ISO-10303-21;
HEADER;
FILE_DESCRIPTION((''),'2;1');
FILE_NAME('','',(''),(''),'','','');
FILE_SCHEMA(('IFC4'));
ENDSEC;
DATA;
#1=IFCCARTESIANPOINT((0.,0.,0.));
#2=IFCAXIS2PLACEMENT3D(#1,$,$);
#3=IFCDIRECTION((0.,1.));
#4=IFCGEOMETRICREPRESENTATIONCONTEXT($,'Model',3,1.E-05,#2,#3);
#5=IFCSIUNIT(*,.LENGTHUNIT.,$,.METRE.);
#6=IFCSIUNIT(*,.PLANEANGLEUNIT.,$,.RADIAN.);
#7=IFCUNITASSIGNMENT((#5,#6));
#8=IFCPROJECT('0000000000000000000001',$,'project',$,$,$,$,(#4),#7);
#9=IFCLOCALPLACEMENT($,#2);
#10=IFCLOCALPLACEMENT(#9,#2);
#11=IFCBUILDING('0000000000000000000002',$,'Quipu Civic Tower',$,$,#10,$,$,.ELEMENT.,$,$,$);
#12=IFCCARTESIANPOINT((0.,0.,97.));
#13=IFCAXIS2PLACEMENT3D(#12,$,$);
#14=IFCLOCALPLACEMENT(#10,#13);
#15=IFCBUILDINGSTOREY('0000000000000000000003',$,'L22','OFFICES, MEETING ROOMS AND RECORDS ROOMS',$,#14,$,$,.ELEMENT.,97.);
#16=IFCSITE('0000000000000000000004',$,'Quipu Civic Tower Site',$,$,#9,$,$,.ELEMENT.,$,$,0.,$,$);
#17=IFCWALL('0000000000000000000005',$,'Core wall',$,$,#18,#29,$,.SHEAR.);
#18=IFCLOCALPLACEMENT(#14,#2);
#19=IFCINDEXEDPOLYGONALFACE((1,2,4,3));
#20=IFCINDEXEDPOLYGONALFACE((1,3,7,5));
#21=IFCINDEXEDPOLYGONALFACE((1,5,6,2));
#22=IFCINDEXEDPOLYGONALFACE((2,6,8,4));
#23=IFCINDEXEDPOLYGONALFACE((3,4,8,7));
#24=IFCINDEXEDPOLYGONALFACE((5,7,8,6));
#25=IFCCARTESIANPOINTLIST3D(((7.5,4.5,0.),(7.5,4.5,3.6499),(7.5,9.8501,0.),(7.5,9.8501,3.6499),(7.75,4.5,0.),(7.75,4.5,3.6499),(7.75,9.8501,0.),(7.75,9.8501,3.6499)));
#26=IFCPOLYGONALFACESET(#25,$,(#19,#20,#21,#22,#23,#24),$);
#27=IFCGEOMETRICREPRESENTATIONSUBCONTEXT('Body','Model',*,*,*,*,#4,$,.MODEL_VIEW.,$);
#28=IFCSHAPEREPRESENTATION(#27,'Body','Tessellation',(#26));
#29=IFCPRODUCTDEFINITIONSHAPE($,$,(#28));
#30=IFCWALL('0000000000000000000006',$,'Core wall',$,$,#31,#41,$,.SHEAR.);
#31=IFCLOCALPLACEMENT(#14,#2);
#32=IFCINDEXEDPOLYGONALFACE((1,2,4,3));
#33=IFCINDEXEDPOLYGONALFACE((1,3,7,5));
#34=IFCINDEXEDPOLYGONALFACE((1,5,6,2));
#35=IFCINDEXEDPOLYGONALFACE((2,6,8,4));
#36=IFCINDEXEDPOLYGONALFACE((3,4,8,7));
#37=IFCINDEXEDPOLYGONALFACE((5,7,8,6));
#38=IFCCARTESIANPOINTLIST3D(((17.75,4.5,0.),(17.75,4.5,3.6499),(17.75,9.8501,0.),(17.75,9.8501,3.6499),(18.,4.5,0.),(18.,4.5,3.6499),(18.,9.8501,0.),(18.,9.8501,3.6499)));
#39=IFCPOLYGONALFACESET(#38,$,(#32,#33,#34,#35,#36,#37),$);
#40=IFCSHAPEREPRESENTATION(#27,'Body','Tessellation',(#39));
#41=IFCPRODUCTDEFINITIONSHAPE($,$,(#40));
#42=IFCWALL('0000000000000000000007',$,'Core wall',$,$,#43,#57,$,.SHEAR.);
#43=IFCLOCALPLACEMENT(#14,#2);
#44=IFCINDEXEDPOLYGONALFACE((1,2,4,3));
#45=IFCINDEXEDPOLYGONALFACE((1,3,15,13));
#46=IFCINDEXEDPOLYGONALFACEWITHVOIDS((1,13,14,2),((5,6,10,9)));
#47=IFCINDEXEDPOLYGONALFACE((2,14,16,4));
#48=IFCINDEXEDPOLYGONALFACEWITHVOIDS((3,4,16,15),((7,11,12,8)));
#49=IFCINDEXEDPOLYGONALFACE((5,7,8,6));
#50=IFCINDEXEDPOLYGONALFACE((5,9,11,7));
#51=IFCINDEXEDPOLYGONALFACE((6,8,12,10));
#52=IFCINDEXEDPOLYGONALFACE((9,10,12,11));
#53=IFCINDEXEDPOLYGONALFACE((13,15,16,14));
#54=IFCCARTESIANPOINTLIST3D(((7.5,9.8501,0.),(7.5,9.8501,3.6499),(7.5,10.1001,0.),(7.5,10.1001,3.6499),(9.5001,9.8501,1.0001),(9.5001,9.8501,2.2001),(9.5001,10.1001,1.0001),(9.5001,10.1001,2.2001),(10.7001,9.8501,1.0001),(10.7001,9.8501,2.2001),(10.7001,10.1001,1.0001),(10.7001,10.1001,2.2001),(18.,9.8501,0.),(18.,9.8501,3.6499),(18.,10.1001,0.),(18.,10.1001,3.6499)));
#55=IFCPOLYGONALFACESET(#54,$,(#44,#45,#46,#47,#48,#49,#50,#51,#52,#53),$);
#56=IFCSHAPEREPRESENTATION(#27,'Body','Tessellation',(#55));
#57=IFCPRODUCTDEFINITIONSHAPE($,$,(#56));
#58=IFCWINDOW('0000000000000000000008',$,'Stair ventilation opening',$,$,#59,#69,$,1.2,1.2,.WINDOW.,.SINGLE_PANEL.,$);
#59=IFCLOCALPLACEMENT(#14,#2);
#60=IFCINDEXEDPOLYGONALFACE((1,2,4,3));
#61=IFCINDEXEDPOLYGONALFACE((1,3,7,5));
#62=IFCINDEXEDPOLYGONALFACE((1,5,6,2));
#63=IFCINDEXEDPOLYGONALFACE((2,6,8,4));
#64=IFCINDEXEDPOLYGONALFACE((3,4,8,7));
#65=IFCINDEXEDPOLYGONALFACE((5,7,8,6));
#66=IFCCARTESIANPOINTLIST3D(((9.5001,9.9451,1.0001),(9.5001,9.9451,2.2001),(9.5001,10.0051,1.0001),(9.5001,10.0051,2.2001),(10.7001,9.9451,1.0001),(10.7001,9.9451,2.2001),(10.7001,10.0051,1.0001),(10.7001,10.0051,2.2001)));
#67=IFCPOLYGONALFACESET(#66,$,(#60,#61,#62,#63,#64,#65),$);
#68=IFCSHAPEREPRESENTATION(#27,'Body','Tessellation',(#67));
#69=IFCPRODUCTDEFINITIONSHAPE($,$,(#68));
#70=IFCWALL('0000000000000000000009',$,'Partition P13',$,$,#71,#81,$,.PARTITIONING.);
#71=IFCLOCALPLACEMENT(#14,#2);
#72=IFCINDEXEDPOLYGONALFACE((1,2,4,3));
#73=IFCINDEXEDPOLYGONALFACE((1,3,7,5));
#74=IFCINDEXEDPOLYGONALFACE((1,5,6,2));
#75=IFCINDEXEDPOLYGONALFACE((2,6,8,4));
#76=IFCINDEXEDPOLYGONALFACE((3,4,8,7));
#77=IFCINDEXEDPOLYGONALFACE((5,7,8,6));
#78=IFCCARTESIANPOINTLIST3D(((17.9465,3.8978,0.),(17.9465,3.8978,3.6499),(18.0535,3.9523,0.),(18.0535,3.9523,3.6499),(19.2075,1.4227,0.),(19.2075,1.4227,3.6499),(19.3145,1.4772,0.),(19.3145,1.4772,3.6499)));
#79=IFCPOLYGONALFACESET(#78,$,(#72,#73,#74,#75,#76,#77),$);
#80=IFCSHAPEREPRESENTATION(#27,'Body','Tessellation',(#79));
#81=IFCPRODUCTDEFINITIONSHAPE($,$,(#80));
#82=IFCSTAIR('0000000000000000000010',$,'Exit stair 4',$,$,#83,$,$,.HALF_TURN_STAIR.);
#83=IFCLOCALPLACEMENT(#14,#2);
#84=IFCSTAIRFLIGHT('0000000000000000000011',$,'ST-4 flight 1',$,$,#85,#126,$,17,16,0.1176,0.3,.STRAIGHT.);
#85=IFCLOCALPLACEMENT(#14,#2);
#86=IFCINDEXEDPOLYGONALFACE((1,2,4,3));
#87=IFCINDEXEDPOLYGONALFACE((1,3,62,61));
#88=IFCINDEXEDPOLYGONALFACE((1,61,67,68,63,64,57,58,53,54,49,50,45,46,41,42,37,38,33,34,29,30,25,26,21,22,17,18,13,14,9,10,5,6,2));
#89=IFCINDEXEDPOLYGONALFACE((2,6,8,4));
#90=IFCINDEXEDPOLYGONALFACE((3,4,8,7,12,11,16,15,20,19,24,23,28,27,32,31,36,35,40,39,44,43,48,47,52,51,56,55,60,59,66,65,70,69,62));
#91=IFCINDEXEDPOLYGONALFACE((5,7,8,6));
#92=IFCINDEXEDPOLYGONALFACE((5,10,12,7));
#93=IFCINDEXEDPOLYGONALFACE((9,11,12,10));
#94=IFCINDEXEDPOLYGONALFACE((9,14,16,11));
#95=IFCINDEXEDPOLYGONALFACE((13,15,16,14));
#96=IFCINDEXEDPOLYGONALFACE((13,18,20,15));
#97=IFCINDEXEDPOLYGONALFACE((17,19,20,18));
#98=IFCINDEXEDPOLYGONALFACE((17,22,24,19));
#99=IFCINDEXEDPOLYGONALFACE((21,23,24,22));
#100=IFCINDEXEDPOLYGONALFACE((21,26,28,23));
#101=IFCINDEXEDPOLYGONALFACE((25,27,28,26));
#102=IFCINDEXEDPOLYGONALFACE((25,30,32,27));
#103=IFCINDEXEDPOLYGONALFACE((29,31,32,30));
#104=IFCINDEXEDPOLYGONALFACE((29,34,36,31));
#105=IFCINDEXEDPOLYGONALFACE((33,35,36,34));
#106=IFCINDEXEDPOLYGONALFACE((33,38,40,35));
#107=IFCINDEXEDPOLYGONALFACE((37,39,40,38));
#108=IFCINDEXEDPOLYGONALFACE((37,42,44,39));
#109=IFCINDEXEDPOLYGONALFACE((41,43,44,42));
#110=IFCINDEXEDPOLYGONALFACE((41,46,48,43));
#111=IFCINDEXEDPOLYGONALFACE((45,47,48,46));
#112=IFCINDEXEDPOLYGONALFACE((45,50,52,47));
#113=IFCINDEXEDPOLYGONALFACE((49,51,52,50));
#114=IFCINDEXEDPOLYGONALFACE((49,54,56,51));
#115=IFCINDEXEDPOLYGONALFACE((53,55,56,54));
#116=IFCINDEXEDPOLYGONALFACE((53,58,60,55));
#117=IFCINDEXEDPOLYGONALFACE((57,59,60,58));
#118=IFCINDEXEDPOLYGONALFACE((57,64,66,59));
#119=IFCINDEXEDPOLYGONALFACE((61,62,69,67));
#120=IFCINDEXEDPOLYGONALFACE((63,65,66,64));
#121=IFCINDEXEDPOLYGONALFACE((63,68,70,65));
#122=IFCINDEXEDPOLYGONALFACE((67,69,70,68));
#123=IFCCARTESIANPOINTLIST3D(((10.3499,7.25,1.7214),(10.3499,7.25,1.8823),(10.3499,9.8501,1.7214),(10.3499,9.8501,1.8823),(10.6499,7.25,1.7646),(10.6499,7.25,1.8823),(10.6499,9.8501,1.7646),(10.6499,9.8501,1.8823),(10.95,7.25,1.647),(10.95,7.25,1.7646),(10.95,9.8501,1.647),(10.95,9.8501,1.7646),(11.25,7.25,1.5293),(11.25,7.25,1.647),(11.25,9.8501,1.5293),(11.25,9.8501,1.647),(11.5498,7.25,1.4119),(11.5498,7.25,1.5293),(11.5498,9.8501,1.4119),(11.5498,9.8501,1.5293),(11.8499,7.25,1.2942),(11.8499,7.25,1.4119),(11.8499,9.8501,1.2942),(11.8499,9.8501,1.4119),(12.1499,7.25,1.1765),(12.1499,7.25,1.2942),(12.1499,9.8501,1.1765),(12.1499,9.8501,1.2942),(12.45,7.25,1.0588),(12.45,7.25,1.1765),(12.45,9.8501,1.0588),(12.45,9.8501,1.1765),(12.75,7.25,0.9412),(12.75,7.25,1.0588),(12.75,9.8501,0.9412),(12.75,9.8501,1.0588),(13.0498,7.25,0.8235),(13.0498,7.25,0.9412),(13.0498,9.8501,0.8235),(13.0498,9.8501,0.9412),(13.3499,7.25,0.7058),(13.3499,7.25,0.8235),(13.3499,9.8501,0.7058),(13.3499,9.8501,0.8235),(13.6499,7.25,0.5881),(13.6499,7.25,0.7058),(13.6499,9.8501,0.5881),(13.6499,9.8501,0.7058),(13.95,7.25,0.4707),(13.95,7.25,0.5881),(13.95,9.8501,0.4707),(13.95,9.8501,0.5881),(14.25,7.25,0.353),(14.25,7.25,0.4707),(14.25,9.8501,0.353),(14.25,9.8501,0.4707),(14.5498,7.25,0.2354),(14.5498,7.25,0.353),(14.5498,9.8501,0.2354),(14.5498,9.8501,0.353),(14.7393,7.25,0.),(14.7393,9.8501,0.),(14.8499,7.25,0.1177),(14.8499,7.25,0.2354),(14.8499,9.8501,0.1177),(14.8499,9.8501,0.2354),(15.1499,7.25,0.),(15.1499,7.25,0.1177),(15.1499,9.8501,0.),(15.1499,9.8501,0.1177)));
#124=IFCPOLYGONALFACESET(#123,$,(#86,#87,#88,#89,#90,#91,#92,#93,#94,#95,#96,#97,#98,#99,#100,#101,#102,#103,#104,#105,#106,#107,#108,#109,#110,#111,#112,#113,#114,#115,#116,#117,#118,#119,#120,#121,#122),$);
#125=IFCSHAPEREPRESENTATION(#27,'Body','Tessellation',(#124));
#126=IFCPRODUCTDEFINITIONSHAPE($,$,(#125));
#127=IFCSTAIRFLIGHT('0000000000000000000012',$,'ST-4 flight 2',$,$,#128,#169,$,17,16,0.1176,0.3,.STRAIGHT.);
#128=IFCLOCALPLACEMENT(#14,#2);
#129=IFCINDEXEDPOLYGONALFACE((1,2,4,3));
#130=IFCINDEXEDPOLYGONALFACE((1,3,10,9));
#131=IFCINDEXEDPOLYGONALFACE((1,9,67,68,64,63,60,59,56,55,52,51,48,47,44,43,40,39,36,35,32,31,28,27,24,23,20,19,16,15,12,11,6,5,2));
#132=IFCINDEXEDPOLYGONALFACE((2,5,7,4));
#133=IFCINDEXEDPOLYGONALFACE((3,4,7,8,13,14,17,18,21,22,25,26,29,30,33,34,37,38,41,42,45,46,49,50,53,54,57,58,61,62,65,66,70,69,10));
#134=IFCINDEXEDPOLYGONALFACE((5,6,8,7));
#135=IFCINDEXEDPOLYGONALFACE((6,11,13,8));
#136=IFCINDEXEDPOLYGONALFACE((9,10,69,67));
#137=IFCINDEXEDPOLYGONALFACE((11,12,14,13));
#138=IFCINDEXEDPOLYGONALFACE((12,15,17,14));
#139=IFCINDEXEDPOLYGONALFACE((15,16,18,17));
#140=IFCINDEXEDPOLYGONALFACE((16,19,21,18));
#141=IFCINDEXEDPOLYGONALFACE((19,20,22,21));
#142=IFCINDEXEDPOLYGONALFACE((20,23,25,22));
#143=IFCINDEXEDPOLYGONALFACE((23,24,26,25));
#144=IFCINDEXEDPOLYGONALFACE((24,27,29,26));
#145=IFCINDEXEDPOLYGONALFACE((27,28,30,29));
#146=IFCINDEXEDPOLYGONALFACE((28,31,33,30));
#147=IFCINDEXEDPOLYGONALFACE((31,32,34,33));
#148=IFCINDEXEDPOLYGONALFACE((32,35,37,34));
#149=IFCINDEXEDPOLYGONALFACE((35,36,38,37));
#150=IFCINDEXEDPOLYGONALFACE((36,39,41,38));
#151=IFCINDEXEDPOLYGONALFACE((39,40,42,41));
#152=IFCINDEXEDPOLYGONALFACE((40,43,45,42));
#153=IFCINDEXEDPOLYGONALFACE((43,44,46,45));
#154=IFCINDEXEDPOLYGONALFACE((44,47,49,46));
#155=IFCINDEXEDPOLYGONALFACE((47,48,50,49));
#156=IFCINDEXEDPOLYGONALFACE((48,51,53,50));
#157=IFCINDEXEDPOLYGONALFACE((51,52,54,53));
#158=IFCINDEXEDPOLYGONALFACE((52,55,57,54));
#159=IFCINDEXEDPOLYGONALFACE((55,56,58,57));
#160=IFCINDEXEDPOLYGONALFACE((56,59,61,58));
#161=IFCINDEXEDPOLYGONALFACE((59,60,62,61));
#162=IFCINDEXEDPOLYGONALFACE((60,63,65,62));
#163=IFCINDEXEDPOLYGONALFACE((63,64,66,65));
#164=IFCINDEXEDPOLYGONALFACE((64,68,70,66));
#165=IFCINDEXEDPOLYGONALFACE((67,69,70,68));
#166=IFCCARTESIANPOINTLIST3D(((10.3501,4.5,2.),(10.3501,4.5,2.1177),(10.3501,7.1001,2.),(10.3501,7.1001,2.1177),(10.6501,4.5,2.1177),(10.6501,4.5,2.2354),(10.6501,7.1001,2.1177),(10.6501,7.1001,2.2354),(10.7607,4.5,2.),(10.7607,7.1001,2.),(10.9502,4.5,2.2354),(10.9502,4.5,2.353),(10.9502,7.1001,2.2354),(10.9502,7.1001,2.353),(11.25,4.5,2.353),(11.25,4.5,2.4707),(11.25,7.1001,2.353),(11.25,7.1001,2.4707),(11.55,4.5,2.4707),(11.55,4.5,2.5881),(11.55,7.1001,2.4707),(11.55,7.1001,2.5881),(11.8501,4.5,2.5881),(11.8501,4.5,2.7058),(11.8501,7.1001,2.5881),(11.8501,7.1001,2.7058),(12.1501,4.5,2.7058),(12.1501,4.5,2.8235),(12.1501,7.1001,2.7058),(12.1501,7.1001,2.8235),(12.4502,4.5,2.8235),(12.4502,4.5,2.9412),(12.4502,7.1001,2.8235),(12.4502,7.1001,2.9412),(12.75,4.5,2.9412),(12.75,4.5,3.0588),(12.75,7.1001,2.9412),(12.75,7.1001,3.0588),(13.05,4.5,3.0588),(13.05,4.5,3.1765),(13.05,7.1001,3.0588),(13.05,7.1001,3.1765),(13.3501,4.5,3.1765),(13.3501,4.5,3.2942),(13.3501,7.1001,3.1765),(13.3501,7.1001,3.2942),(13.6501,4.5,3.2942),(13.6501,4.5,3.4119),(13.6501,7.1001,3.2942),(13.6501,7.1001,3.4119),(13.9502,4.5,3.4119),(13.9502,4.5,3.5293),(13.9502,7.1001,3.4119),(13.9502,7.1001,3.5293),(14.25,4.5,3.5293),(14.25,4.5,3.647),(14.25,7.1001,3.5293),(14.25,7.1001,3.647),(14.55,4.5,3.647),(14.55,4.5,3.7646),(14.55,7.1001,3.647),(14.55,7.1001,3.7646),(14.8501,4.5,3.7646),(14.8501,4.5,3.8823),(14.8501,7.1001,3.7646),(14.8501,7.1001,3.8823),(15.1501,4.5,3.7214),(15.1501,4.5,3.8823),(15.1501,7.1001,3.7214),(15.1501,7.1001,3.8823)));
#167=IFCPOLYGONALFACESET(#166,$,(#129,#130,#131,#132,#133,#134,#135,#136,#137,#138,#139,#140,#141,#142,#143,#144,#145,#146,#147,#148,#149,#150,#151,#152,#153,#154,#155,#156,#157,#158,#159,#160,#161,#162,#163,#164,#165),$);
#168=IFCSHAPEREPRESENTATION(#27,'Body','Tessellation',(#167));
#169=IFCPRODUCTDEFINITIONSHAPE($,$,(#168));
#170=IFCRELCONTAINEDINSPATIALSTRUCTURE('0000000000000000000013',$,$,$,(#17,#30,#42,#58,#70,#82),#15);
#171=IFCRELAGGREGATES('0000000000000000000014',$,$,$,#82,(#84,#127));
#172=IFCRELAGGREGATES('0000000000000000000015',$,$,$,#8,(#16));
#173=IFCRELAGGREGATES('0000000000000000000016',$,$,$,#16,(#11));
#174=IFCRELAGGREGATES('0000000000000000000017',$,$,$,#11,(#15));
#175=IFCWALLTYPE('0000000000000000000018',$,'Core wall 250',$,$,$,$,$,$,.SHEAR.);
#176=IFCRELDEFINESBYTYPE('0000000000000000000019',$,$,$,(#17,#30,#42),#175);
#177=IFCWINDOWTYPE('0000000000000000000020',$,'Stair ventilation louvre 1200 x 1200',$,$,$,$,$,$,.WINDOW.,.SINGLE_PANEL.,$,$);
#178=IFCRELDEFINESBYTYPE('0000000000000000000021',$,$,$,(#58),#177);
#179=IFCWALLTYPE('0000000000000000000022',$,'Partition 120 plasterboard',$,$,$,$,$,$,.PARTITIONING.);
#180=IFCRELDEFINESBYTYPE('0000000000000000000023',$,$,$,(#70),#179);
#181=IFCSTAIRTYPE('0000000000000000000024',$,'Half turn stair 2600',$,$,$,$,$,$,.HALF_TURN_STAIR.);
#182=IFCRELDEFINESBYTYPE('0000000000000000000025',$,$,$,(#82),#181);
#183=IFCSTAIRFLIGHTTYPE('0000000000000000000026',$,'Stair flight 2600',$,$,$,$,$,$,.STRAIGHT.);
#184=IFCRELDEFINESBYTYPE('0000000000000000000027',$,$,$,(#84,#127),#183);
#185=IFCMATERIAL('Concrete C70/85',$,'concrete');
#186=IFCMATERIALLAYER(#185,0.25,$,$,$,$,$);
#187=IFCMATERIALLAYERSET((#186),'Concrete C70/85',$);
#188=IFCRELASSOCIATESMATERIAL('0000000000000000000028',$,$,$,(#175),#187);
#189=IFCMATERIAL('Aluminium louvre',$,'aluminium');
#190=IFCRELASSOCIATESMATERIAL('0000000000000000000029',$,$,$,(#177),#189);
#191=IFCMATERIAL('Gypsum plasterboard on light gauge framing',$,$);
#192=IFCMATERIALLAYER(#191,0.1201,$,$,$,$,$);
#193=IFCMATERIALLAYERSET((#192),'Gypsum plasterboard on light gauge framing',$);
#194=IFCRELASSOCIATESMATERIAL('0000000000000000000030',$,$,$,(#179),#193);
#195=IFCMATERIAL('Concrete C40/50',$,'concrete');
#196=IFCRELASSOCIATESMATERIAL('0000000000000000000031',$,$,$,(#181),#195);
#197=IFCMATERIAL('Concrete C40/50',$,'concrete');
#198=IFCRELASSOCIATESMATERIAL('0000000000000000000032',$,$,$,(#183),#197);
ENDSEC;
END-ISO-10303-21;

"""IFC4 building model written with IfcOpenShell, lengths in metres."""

from ifc_helpers import new_model, si_unit, direction, frame, frame_2d, origin, place, context, subcontext, project, spatial, polyline, rectangle, outline, extrude, material, layer, layer_set, type_object, element, fill, aggregate, save


model = new_model("IFC4")

# Units and contexts
model_context = context("Model", 3, precision=1e-05, world=origin(), true_north=direction((0.0, 1.0)))
body_context = subcontext(model_context, "Body", "Model", "MODEL_VIEW")
ifc_project = project(units=[si_unit("LENGTHUNIT", "METRE"), si_unit("PLANEANGLEUNIT", "RADIAN")], contexts=[model_context])

# Site, building, storey
site_placement = place(None, origin())
site = spatial("IfcSite", under=ifc_project, at=site_placement, Name="Quipu Civic Tower Site", CompositionType="ELEMENT", RefElevation=0.0)
building_placement = place(site_placement, origin())
building = spatial("IfcBuilding", under=site, at=building_placement, Name="Quipu Civic Tower", CompositionType="ELEMENT")
storey_placement = place(building_placement, frame((0.0, 0.0, 97.0)))
storey = spatial("IfcBuildingStorey", under=building, at=storey_placement, Name="L22", Description="OFFICES, MEETING ROOMS AND RECORDS ROOMS", CompositionType="ELEMENT", Elevation=97.0)

# Shared definitions
ifc_material_1 = material(Name="Concrete C70/85", Category="concrete")
ifc_layer_1 = layer(ifc_material_1, 0.25)
ifc_layer_set_1 = layer_set([ifc_layer_1], Name="Concrete C70/85")
wall_type_1 = type_object("IfcWallType", Name="Core wall 250", PredefinedType="SHEAR", material=ifc_layer_set_1)

# Walls
for number, where, z_axis, x_axis, name in (
    (1, (7.625, 4.5, 0.0), (0.0, 0.0, 1.0), (0.0, 1.0, 0.0), "Core wall"),
    (2, (17.875, 4.5, 0.0), (0.0, 0.0, 1.0), (0.0, 1.0, 0.0), "Core wall"),
):
    element("IfcWall", number, at=place(storey_placement, frame(where, z_axis=z_axis, x_axis=x_axis)), inside=storey, type_object=wall_type_1, Name=name, PredefinedType="SHEAR", context=body_context, shape_type="SweptSolid", body=[
        extrude(rectangle(XDim=5.3501, YDim=0.25, at=frame_2d((2.675, 0.0))), origin(), (0.0, 0.0, 1.0), 3.6499),
    ])

# Wall, opening, window
wall_1_placement = place(storey_placement, frame((7.5, 9.9751, 0.0), z_axis=(0.0, 0.0, 1.0), x_axis=(1.0, 0.0, 0.0)))
wall_1 = element("IfcWall", 3, at=wall_1_placement, inside=storey, type_object=wall_type_1, Name="Core wall", PredefinedType="SHEAR", context=body_context, shape_type="SweptSolid", body=[
    extrude(rectangle(XDim=10.5, YDim=0.25, at=frame_2d((5.25, 0.0))), origin(), (0.0, 0.0, 1.0), 3.6499),
])
opening_1_placement = place(wall_1_placement, frame((2.0, 0.0, 1.0)))
opening_1 = element("IfcOpeningElement", 4, at=opening_1_placement, cuts=wall_1, PredefinedType="OPENING", context=body_context, shape_type="SweptSolid", body=[
    extrude(rectangle(XDim=1.2, YDim=1.2, at=frame_2d((0.6001, 0.6001))), frame((0.0, 0.135, 0.0), z_axis=(0.0, -1.0, 0.0), x_axis=(1.0, 0.0, 0.0)), (0.0, 0.0, 1.0), 0.27),
])
ifc_material_2 = material(Name="Aluminium louvre", Category="aluminium")
window_type = type_object("IfcWindowType", Name="Stair ventilation louvre 1200 x 1200", PartitioningType="SINGLE_PANEL", PredefinedType="WINDOW", material=ifc_material_2)
window_placement = place(opening_1_placement, origin())
window = element("IfcWindow", 5, at=window_placement, inside=storey, type_object=window_type, Name="Stair ventilation opening", OverallHeight=1.2, OverallWidth=1.2, PartitioningType="SINGLE_PANEL", PredefinedType="WINDOW", context=body_context, shape_type="SweptSolid", body=[
    extrude(rectangle(XDim=1.2, YDim=1.2, at=frame_2d((0.6001, 0.6001))), frame((0.0, 0.03, 0.0), z_axis=(0.0, -1.0, 0.0), x_axis=(1.0, 0.0, 0.0)), (0.0, 0.0, 1.0), 0.0601),
])
fill(opening_1, window)

# Wall
ifc_material_3 = material(Name="Gypsum plasterboard on light gauge framing")
ifc_layer_2 = layer(ifc_material_3, 0.1201)
ifc_layer_set_2 = layer_set([ifc_layer_2], Name="Gypsum plasterboard on light gauge framing")
wall_type_2 = type_object("IfcWallType", Name="Partition 120 plasterboard", PredefinedType="PARTITIONING", material=ifc_layer_set_2)
wall_2_placement = place(storey_placement, frame((18.0, 3.925, 0.0), z_axis=(0.0, 0.0, 1.0), x_axis=(0.453951, -0.891027, 0.0)))
element("IfcWall", 6, at=wall_2_placement, inside=storey, type_object=wall_type_2, Name="Partition P13", PredefinedType="PARTITIONING", context=body_context, shape_type="SweptSolid", body=[
    extrude(rectangle(XDim=2.7778, YDim=0.1201, at=frame_2d((1.3889, 0.0))), origin(), (0.0, 0.0, 1.0), 3.6499),
])

# Stair, stair flights
ifc_material_4 = material(Name="Concrete C40/50", Category="concrete")
stair_type = type_object("IfcStairType", Name="Half turn stair 2600", PredefinedType="HALF_TURN_STAIR", material=ifc_material_4)
stair_placement = place(storey_placement, origin())
stair = element("IfcStair", 7, at=stair_placement, inside=storey, type_object=stair_type, Name="Exit stair 4", PredefinedType="HALF_TURN_STAIR")
ifc_material_5 = material(Name="Concrete C40/50", Category="concrete")
stair_flight_type = type_object("IfcStairFlightType", Name="Stair flight 2600", PredefinedType="STRAIGHT", material=ifc_material_5)
stair_flight_1_placement = place(storey_placement, frame((15.1499, 8.55, 0.0), z_axis=(0.0, 0.0, 1.0), x_axis=(-1.0, 0.0, 0.0)))
stair_flight_1 = element("IfcStairFlight", 8, at=stair_flight_1_placement, type_object=stair_flight_type, Name="ST-4 flight 1", NumberOfRisers=17, NumberOfTreads=16, PredefinedType="STRAIGHT", RiserHeight=0.1176, TreadLength=0.3, context=body_context, shape_type="SweptSolid", body=[
    extrude(outline(polyline([(0.0, 0.0), (0.0, 0.1177), (0.3, 0.1177), (0.3, 0.2354), (0.6001, 0.2354), (0.6001, 0.353), (0.8999, 0.353), (0.8999, 0.4707), (1.2, 0.4707), (1.2, 0.5881), (1.5, 0.5881), (1.5, 0.7058), (1.8, 0.7058), (1.8, 0.8235), (2.1001, 0.8235), (2.1001, 0.9412), (2.3999, 0.9412), (2.3999, 1.0588), (2.7, 1.0588), (2.7, 1.1765), (3.0, 1.1765), (3.0, 1.2942), (3.3, 1.2942), (3.3, 1.4119), (3.6001, 1.4119), (3.6001, 1.5293), (3.8999, 1.5293), (3.8999, 1.647), (4.2, 1.647), (4.2, 1.7646), (4.5, 1.7646), (4.5, 1.8823), (4.8, 1.8823), (4.8, 2.0), (4.8, 1.7214), (0.4106, 0.0), (0.0, 0.0)])), frame((0.0, 1.3, 0.0), z_axis=(0.0, -1.0, 0.0), x_axis=(1.0, 0.0, 0.0)), (0.0, 0.0, 1.0), 2.6001),
])
stair_flight_2_placement = place(storey_placement, frame((10.3501, 5.8, 2.0), z_axis=(0.0, 0.0, 1.0), x_axis=(1.0, 0.0, 0.0)))
stair_flight_2 = element("IfcStairFlight", 9, at=stair_flight_2_placement, type_object=stair_flight_type, Name="ST-4 flight 2", NumberOfRisers=17, NumberOfTreads=16, PredefinedType="STRAIGHT", RiserHeight=0.1176, TreadLength=0.3, context=body_context, shape_type="SweptSolid", body=[
    extrude(outline(polyline([(0.0, 0.0), (0.0, 0.1177), (0.3, 0.1177), (0.3, 0.2354), (0.6001, 0.2354), (0.6001, 0.353), (0.8999, 0.353), (0.8999, 0.4707), (1.2, 0.4707), (1.2, 0.5881), (1.5, 0.5881), (1.5, 0.7058), (1.8, 0.7058), (1.8, 0.8235), (2.1001, 0.8235), (2.1001, 0.9412), (2.3999, 0.9412), (2.3999, 1.0588), (2.7, 1.0588), (2.7, 1.1765), (3.0, 1.1765), (3.0, 1.2942), (3.3, 1.2942), (3.3, 1.4119), (3.6001, 1.4119), (3.6001, 1.5293), (3.8999, 1.5293), (3.8999, 1.647), (4.2, 1.647), (4.2, 1.7646), (4.5, 1.7646), (4.5, 1.8823), (4.8, 1.8823), (4.8, 2.0), (4.8, 1.7214), (0.4106, 0.0), (0.0, 0.0)])), frame((0.0, 1.3, 0.0), z_axis=(0.0, -1.0, 0.0), x_axis=(1.0, 0.0, 0.0)), (0.0, 0.0, 1.0), 2.6001),
])
aggregate(stair, [stair_flight_1, stair_flight_2])

save(model, "model.ifc")
